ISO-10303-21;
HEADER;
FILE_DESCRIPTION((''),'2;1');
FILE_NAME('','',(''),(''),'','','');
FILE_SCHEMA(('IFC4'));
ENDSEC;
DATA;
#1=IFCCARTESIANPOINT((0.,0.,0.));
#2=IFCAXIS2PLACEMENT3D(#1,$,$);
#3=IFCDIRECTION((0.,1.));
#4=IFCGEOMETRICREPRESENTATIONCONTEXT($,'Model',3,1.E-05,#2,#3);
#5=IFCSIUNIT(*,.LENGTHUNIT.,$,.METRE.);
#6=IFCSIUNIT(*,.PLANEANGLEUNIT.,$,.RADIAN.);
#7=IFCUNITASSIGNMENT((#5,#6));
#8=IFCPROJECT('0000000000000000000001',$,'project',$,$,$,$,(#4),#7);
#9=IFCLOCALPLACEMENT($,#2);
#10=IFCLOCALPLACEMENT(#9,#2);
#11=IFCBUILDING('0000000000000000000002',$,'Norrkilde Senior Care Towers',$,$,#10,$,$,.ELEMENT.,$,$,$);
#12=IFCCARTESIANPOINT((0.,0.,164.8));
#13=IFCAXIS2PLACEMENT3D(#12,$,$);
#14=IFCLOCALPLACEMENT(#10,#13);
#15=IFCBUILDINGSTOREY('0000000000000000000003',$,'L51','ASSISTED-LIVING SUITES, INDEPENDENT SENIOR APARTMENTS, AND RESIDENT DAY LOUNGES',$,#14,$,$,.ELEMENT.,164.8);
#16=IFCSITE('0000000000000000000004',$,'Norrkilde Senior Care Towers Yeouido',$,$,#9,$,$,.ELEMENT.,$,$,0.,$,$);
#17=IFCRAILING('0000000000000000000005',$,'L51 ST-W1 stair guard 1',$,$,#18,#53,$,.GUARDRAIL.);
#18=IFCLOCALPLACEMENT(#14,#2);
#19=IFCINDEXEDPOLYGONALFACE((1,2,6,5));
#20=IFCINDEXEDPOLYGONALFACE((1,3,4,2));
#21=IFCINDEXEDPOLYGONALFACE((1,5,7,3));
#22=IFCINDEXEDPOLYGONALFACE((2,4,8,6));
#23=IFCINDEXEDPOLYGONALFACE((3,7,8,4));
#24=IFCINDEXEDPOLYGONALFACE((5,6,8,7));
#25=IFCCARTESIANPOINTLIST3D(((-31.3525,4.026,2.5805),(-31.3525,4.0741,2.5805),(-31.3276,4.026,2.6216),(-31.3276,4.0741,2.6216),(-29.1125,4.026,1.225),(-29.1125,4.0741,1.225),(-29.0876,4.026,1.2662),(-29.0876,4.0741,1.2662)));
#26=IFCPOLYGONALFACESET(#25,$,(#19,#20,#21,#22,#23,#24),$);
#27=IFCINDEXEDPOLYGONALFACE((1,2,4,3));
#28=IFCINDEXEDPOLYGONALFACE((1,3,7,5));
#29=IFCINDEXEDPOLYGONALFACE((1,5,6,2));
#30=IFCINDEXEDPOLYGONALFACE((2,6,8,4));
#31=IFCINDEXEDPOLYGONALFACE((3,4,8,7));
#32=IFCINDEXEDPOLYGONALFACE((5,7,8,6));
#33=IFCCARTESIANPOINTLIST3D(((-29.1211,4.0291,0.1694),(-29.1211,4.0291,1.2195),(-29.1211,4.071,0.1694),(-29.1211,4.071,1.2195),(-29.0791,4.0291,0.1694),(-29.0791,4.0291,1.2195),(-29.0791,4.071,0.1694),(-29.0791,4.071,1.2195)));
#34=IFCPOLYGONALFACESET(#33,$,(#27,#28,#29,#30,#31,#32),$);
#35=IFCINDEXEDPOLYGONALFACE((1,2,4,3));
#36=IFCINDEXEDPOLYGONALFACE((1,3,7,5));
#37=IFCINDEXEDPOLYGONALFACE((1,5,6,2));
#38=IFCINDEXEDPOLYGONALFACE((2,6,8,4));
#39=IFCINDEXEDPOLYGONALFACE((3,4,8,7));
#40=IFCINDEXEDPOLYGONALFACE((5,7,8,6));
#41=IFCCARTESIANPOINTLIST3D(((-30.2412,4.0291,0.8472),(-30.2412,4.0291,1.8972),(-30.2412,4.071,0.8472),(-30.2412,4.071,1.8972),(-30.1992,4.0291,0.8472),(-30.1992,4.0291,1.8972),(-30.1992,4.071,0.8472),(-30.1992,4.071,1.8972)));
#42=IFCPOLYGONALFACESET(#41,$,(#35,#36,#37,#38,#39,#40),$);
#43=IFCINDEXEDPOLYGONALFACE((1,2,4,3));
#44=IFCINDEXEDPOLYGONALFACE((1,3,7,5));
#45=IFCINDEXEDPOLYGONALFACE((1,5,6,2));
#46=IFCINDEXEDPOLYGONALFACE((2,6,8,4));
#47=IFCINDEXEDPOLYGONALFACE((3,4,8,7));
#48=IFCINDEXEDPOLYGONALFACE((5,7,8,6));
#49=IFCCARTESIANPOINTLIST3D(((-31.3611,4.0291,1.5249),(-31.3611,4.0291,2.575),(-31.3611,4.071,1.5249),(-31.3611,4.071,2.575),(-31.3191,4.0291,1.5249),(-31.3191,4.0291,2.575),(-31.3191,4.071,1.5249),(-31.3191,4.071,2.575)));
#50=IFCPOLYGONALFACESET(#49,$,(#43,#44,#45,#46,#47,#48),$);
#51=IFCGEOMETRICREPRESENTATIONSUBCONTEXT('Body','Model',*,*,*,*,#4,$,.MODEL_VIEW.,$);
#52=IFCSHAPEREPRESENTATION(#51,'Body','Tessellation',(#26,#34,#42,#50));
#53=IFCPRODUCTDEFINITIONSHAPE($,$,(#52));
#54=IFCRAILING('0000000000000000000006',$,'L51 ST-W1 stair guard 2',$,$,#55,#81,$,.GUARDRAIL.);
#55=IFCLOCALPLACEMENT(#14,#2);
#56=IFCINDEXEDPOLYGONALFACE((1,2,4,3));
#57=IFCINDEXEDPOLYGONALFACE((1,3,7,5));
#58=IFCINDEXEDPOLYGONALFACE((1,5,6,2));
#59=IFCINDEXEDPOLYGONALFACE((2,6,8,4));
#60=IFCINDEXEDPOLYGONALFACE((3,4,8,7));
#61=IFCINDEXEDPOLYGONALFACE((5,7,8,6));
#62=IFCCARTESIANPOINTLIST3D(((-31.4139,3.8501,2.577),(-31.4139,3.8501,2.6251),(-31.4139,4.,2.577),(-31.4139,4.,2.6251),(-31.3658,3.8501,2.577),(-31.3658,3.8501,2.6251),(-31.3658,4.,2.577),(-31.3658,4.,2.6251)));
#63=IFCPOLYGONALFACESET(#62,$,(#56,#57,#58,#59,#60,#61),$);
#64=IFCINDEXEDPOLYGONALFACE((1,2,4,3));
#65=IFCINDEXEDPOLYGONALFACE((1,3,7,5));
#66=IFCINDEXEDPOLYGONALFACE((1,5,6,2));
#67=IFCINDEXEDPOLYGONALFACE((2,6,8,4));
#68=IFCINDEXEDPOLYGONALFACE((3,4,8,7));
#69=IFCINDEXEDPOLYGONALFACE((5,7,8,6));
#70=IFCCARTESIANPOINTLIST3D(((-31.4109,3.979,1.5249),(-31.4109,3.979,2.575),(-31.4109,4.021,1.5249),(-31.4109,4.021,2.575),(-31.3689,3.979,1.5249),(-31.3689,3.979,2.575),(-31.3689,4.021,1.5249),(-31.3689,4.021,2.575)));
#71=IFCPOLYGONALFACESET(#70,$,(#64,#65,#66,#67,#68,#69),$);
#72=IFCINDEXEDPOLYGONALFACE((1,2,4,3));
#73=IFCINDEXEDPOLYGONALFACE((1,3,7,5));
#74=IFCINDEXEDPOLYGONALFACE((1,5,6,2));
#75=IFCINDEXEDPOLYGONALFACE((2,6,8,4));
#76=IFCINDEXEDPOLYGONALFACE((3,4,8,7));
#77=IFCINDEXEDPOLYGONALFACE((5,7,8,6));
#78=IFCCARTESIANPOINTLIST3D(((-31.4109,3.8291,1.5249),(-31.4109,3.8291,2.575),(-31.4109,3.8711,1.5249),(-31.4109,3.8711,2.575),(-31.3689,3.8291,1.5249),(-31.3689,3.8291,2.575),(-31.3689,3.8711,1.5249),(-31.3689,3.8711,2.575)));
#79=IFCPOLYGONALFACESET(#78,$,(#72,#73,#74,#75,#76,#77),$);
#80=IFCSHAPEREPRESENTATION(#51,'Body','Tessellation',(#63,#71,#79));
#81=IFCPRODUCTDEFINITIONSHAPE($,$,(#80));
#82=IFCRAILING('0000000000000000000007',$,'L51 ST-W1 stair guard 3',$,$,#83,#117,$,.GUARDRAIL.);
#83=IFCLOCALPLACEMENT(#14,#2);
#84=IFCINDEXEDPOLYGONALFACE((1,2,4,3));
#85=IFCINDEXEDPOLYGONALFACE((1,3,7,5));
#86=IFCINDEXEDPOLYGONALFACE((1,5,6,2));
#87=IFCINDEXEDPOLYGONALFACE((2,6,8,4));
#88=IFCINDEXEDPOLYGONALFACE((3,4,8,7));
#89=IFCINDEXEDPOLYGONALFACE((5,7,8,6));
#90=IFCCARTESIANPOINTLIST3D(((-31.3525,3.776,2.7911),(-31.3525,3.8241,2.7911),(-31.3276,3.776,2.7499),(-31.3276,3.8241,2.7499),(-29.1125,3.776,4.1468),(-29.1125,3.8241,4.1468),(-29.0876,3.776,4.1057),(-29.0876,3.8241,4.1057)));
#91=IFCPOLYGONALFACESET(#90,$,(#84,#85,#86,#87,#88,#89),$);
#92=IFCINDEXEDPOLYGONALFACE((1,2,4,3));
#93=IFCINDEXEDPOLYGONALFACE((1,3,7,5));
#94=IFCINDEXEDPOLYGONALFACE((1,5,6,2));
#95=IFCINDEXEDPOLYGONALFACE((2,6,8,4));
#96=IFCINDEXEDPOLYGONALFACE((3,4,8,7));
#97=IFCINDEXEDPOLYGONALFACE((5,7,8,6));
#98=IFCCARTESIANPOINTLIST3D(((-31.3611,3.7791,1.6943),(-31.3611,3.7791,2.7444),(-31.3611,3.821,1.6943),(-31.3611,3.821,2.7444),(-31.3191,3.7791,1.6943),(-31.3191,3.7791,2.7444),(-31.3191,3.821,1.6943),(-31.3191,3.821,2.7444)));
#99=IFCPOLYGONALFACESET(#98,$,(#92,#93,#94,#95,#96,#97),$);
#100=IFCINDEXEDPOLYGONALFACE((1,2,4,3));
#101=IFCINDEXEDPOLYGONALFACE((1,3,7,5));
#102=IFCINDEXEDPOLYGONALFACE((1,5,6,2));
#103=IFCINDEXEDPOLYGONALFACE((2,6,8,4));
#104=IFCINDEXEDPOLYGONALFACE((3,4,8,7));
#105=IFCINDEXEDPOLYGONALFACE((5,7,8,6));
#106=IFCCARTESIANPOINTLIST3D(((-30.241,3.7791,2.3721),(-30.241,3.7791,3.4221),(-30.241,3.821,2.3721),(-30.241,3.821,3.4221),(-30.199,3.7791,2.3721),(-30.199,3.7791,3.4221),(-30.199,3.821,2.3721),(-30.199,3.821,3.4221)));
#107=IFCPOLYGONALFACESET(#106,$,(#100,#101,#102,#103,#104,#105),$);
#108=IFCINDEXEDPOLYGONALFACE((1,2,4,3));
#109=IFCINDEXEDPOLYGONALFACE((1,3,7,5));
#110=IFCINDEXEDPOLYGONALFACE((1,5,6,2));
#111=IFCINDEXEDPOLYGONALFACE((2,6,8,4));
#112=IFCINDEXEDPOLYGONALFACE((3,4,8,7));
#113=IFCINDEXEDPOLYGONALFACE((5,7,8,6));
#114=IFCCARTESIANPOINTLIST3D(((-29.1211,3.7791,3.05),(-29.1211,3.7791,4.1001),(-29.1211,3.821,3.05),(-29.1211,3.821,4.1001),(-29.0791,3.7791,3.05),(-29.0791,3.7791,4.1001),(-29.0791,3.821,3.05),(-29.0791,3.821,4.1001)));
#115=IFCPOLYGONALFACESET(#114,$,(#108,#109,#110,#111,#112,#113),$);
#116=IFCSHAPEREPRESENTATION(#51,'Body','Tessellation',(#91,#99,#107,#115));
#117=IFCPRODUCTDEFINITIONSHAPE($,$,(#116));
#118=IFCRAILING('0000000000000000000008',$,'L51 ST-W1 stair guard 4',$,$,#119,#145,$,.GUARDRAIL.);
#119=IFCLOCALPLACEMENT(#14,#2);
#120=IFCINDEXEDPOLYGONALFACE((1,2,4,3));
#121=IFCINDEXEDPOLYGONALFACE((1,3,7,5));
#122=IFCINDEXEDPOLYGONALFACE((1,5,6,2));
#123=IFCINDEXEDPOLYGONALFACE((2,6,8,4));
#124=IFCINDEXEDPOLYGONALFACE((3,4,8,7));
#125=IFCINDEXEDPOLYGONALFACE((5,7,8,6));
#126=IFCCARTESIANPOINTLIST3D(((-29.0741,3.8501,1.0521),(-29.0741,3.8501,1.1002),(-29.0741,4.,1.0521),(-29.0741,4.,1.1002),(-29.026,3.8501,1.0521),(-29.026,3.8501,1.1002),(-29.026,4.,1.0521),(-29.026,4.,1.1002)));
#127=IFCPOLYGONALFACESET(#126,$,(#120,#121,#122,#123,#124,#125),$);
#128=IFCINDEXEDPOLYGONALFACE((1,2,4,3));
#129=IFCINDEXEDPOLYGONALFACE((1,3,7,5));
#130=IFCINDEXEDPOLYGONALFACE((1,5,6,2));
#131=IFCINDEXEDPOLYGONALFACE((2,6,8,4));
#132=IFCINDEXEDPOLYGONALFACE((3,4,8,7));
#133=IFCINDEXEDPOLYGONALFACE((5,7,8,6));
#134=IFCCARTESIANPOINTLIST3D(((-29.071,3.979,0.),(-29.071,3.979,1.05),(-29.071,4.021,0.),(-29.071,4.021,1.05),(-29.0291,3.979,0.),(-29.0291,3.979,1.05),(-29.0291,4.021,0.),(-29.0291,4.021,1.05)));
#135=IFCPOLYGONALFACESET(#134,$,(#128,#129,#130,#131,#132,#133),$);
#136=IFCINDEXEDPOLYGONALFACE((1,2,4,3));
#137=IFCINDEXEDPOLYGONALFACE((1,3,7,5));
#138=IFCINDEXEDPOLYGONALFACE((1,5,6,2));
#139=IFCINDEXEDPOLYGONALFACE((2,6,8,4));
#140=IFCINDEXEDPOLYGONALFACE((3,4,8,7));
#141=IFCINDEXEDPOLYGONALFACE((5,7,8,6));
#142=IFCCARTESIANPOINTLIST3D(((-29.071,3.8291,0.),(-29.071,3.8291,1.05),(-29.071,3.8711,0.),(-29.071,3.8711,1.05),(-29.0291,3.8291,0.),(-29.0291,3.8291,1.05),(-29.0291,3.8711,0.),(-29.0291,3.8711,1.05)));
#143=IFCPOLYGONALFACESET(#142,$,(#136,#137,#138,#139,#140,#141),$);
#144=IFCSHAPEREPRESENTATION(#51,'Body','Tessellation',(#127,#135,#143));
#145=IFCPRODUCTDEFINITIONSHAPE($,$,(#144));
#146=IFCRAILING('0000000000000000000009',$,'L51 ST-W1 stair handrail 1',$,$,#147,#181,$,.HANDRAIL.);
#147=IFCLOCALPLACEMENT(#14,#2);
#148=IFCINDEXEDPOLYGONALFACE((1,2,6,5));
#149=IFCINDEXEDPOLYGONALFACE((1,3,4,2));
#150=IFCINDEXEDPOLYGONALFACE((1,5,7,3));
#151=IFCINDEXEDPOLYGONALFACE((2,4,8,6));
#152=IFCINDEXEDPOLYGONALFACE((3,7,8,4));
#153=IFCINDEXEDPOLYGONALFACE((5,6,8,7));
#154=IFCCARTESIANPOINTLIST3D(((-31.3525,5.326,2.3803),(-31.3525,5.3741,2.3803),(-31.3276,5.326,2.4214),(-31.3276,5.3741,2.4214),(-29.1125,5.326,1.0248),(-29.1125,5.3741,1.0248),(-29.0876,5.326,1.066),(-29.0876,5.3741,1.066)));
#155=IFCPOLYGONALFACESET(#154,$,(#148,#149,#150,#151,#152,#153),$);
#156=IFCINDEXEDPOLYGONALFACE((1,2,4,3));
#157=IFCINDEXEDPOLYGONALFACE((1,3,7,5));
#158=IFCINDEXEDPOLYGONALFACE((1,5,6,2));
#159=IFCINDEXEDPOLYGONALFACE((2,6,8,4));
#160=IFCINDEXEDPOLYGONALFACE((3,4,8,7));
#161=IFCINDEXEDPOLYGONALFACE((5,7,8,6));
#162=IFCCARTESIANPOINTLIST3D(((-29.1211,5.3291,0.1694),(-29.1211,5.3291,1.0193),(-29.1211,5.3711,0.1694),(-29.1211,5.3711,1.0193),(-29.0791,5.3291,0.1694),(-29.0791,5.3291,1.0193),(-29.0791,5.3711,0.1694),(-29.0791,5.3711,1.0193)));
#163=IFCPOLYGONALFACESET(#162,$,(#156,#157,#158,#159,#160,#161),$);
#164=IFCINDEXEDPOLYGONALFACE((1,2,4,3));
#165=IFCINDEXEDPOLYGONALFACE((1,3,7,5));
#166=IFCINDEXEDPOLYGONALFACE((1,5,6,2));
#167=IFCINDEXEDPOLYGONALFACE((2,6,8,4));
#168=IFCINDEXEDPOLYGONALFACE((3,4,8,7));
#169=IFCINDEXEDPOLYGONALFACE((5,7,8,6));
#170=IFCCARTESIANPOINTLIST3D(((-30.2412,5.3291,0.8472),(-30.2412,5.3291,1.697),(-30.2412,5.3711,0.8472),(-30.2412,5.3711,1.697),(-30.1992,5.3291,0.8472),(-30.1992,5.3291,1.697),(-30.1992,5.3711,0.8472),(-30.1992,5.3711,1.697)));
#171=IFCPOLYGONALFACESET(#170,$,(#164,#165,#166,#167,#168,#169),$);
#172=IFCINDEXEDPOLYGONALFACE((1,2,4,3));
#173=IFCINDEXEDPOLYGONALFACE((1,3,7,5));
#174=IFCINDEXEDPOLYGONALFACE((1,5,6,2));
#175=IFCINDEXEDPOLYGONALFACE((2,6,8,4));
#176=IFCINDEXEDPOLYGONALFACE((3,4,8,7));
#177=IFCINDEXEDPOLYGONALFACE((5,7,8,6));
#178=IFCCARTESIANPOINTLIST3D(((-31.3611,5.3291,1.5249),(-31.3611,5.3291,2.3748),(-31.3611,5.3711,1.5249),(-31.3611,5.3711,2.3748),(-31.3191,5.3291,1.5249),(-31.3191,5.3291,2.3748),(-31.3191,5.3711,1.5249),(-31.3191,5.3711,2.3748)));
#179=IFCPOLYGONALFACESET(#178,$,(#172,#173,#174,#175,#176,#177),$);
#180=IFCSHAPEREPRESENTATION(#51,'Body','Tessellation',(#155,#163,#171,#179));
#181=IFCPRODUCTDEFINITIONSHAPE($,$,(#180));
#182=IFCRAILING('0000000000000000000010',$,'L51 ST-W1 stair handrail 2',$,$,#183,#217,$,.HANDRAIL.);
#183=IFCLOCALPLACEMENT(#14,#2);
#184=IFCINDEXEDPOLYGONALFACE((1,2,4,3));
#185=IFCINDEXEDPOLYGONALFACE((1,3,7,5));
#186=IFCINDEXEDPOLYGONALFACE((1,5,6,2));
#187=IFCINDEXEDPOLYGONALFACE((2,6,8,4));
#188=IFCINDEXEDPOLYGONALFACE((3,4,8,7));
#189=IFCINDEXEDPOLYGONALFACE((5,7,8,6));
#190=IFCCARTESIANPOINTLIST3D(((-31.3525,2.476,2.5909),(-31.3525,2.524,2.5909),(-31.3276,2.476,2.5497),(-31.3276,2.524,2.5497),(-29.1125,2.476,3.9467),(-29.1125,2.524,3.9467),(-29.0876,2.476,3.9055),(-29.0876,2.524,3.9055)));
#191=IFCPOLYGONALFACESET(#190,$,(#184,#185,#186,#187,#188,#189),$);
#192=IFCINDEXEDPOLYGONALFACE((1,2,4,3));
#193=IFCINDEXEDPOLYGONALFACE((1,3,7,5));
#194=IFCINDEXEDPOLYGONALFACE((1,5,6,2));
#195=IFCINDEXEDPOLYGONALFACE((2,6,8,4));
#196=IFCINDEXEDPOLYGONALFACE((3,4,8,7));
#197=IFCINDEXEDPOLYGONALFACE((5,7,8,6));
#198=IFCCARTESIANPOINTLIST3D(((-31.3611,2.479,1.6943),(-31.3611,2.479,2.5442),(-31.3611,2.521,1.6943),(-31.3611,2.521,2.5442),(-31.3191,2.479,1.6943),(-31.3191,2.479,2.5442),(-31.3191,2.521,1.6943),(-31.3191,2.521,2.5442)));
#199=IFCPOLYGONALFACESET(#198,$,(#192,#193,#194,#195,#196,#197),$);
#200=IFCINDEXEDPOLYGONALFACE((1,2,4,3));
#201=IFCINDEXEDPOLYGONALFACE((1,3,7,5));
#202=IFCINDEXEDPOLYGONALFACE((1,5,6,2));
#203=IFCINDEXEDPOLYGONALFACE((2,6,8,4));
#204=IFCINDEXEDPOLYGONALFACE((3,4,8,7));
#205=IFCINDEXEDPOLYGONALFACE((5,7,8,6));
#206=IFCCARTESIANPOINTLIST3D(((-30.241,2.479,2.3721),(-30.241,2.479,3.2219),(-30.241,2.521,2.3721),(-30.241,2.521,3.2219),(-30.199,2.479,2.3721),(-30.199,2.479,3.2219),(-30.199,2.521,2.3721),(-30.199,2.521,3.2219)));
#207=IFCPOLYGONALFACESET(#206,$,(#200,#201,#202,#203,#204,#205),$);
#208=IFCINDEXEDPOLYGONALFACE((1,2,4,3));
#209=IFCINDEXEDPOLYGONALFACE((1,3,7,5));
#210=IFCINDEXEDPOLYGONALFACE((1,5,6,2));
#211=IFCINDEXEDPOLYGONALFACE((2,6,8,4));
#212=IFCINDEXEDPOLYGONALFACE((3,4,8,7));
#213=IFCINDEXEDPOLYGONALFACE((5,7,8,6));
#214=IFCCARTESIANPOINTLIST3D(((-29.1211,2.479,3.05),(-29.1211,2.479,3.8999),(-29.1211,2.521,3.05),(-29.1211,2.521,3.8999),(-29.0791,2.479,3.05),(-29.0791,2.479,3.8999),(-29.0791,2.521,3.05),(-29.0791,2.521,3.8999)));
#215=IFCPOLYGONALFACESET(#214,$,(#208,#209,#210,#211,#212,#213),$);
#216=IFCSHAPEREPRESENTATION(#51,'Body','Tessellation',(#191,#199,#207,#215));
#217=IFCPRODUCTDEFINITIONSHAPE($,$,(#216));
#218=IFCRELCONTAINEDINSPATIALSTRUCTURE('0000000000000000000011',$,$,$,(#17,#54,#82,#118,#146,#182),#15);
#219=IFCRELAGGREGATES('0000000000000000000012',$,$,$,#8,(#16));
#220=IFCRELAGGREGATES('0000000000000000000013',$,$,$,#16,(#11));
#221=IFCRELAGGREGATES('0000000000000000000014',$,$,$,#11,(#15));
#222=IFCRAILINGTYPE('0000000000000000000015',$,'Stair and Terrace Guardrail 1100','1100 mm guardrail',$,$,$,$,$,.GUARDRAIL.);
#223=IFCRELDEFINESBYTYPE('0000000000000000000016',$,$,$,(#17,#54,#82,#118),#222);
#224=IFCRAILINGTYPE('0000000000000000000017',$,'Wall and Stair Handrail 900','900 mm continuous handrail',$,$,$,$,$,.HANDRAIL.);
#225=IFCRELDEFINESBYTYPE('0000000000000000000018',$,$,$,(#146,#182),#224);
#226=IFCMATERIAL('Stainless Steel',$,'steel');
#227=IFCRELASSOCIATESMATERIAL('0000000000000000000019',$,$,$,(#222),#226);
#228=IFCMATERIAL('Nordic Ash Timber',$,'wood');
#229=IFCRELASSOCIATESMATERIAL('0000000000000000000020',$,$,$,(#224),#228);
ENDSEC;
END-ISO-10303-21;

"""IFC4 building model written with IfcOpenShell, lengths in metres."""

from ifc_helpers import new_model, si_unit, direction, frame, origin, origin_2d, place, context, subcontext, project, spatial, rectangle, extrude, material, type_object, element, save


model = new_model("IFC4")

# Units and contexts
model_context = context("Model", 3, precision=1e-05, world=origin(), true_north=direction((0.0, 1.0)))
body_context = subcontext(model_context, "Body", "Model", "MODEL_VIEW")
ifc_project = project(units=[si_unit("LENGTHUNIT", "METRE"), si_unit("PLANEANGLEUNIT", "RADIAN")], contexts=[model_context])

# Site, building, storey
site_placement = place(None, origin())
site = spatial("IfcSite", under=ifc_project, at=site_placement, Name="Norrkilde Senior Care Towers Yeouido", CompositionType="ELEMENT", RefElevation=0.0)
building_placement = place(site_placement, origin())
building = spatial("IfcBuilding", under=site, at=building_placement, Name="Norrkilde Senior Care Towers", CompositionType="ELEMENT")
storey_placement = place(building_placement, frame((0.0, 0.0, 164.8)))
storey = spatial("IfcBuildingStorey", under=building, at=storey_placement, Name="L51", Description="ASSISTED-LIVING SUITES, INDEPENDENT SENIOR APARTMENTS, AND RESIDENT DAY LOUNGES", CompositionType="ELEMENT", Elevation=164.8)

# Shared definitions
ifc_material_1 = material(Name="Nordic Ash Timber", Category="wood")

# Railings
ifc_material_2 = material(Name="Stainless Steel", Category="steel")
railing_type_1 = type_object("IfcRailingType", Name="Stair and Terrace Guardrail 1100", Description="1100 mm guardrail", PredefinedType="GUARDRAIL", material=ifc_material_2)
railing_1_placement = place(storey_placement, frame((-29.1001, 4.05, 0.1694)))
element("IfcRailing", 1, at=railing_1_placement, inside=storey, type_object=railing_type_1, Name="L51 ST-W1 stair guard 1", PredefinedType="GUARDRAIL", context=body_context, shape_type="SweptSolid", body=[
    extrude(rectangle(XDim=0.0481, YDim=0.0481, at=origin_2d()), frame((0.0, 0.0, 1.0762), z_axis=(-0.855553, 0.0, 0.517715), x_axis=(0.0, -1.0, 0.0)), (0.0, 0.0, 1.0), 2.6182),
    extrude(rectangle(XDim=0.042, YDim=0.042, at=origin_2d()), origin(), (0.0, 0.0, 1.0), 1.05),
    extrude(rectangle(XDim=0.042, YDim=0.042, at=origin_2d()), frame((-1.1201, 0.0, 0.6777)), (0.0, 0.0, 1.0), 1.05),
    extrude(rectangle(XDim=0.042, YDim=0.042, at=origin_2d()), frame((-2.24, 0.0, 1.3555)), (0.0, 0.0, 1.0), 1.05),
])
railing_2_placement = place(storey_placement, frame((-31.3899, 4.0, 1.5249)))
element("IfcRailing", 2, at=railing_2_placement, inside=storey, type_object=railing_type_1, Name="L51 ST-W1 stair guard 2", PredefinedType="GUARDRAIL", context=body_context, shape_type="SweptSolid", body=[
    extrude(rectangle(XDim=0.0481, YDim=0.0481, at=origin_2d()), frame((0.0, 0.0, 1.0762), z_axis=(0.0, -1.0, 0.0), x_axis=(1.0, 0.0, 0.0)), (0.0, 0.0, 1.0), 0.1499),
    extrude(rectangle(XDim=0.042, YDim=0.042, at=origin_2d()), origin(), (0.0, 0.0, 1.0), 1.05),
    extrude(rectangle(XDim=0.042, YDim=0.042, at=origin_2d()), frame((0.0, -0.1499, 0.0)), (0.0, 0.0, 1.0), 1.05),
])
railing_3_placement = place(storey_placement, frame((-31.3401, 3.8, 1.6943)))
element("IfcRailing", 3, at=railing_3_placement, inside=storey, type_object=railing_type_1, Name="L51 ST-W1 stair guard 3", PredefinedType="GUARDRAIL", context=body_context, shape_type="SweptSolid", body=[
    extrude(rectangle(XDim=0.0481, YDim=0.0481, at=origin_2d()), frame((0.0, 0.0, 1.0762), z_axis=(0.855512, 0.0, 0.517783), x_axis=(0.0, 1.0, 0.0)), (0.0, 0.0, 1.0), 2.6184),
    extrude(rectangle(XDim=0.042, YDim=0.042, at=origin_2d()), origin(), (0.0, 0.0, 1.0), 1.05),
    extrude(rectangle(XDim=0.042, YDim=0.042, at=origin_2d()), frame((1.1201, 0.0, 0.6777)), (0.0, 0.0, 1.0), 1.05),
    extrude(rectangle(XDim=0.042, YDim=0.042, at=origin_2d()), frame((2.24, 0.0, 1.3557)), (0.0, 0.0, 1.0), 1.05),
])
railing_4_placement = place(storey_placement, frame((-29.05, 4.0, 0.0)))
element("IfcRailing", 4, at=railing_4_placement, inside=storey, type_object=railing_type_1, Name="L51 ST-W1 stair guard 4", PredefinedType="GUARDRAIL", context=body_context, shape_type="SweptSolid", body=[
    extrude(rectangle(XDim=0.0481, YDim=0.0481, at=origin_2d()), frame((0.0, 0.0, 1.0762), z_axis=(0.0, -1.0, 0.0), x_axis=(1.0, 0.0, 0.0)), (0.0, 0.0, 1.0), 0.1499),
    extrude(rectangle(XDim=0.042, YDim=0.042, at=origin_2d()), origin(), (0.0, 0.0, 1.0), 1.05),
    extrude(rectangle(XDim=0.042, YDim=0.042, at=origin_2d()), frame((0.0, -0.1499, 0.0)), (0.0, 0.0, 1.0), 1.05),
])
railing_type_2 = type_object("IfcRailingType", Name="Wall and Stair Handrail 900", Description="900 mm continuous handrail", PredefinedType="HANDRAIL", material=ifc_material_1)
railing_5_placement = place(storey_placement, frame((-29.1001, 5.3501, 0.1694)))
element("IfcRailing", 5, at=railing_5_placement, inside=storey, type_object=railing_type_2, Name="L51 ST-W1 stair handrail 1", PredefinedType="HANDRAIL", context=body_context, shape_type="SweptSolid", body=[
    extrude(rectangle(XDim=0.0481, YDim=0.0481, at=origin_2d()), frame((0.0, 0.0, 0.876), z_axis=(-0.855553, 0.0, 0.517715), x_axis=(0.0, -1.0, 0.0)), (0.0, 0.0, 1.0), 2.6182),
    extrude(rectangle(XDim=0.042, YDim=0.042, at=origin_2d()), origin(), (0.0, 0.0, 1.0), 0.8499),
    extrude(rectangle(XDim=0.042, YDim=0.042, at=origin_2d()), frame((-1.1201, 0.0, 0.6777)), (0.0, 0.0, 1.0), 0.8499),
    extrude(rectangle(XDim=0.042, YDim=0.042, at=origin_2d()), frame((-2.24, 0.0, 1.3555)), (0.0, 0.0, 1.0), 0.8499),
])
railing_6_placement = place(storey_placement, frame((-31.3401, 2.5, 1.6943)))
element("IfcRailing", 6, at=railing_6_placement, inside=storey, type_object=railing_type_2, Name="L51 ST-W1 stair handrail 2", PredefinedType="HANDRAIL", context=body_context, shape_type="SweptSolid", body=[
    extrude(rectangle(XDim=0.0481, YDim=0.0481, at=origin_2d()), frame((0.0, 0.0, 0.876), z_axis=(0.855512, 0.0, 0.517783), x_axis=(0.0, 1.0, 0.0)), (0.0, 0.0, 1.0), 2.6184),
    extrude(rectangle(XDim=0.042, YDim=0.042, at=origin_2d()), origin(), (0.0, 0.0, 1.0), 0.8499),
    extrude(rectangle(XDim=0.042, YDim=0.042, at=origin_2d()), frame((1.1201, 0.0, 0.6777)), (0.0, 0.0, 1.0), 0.8499),
    extrude(rectangle(XDim=0.042, YDim=0.042, at=origin_2d()), frame((2.24, 0.0, 1.3557)), (0.0, 0.0, 1.0), 0.8499),
])

save(model, "model.ifc")
